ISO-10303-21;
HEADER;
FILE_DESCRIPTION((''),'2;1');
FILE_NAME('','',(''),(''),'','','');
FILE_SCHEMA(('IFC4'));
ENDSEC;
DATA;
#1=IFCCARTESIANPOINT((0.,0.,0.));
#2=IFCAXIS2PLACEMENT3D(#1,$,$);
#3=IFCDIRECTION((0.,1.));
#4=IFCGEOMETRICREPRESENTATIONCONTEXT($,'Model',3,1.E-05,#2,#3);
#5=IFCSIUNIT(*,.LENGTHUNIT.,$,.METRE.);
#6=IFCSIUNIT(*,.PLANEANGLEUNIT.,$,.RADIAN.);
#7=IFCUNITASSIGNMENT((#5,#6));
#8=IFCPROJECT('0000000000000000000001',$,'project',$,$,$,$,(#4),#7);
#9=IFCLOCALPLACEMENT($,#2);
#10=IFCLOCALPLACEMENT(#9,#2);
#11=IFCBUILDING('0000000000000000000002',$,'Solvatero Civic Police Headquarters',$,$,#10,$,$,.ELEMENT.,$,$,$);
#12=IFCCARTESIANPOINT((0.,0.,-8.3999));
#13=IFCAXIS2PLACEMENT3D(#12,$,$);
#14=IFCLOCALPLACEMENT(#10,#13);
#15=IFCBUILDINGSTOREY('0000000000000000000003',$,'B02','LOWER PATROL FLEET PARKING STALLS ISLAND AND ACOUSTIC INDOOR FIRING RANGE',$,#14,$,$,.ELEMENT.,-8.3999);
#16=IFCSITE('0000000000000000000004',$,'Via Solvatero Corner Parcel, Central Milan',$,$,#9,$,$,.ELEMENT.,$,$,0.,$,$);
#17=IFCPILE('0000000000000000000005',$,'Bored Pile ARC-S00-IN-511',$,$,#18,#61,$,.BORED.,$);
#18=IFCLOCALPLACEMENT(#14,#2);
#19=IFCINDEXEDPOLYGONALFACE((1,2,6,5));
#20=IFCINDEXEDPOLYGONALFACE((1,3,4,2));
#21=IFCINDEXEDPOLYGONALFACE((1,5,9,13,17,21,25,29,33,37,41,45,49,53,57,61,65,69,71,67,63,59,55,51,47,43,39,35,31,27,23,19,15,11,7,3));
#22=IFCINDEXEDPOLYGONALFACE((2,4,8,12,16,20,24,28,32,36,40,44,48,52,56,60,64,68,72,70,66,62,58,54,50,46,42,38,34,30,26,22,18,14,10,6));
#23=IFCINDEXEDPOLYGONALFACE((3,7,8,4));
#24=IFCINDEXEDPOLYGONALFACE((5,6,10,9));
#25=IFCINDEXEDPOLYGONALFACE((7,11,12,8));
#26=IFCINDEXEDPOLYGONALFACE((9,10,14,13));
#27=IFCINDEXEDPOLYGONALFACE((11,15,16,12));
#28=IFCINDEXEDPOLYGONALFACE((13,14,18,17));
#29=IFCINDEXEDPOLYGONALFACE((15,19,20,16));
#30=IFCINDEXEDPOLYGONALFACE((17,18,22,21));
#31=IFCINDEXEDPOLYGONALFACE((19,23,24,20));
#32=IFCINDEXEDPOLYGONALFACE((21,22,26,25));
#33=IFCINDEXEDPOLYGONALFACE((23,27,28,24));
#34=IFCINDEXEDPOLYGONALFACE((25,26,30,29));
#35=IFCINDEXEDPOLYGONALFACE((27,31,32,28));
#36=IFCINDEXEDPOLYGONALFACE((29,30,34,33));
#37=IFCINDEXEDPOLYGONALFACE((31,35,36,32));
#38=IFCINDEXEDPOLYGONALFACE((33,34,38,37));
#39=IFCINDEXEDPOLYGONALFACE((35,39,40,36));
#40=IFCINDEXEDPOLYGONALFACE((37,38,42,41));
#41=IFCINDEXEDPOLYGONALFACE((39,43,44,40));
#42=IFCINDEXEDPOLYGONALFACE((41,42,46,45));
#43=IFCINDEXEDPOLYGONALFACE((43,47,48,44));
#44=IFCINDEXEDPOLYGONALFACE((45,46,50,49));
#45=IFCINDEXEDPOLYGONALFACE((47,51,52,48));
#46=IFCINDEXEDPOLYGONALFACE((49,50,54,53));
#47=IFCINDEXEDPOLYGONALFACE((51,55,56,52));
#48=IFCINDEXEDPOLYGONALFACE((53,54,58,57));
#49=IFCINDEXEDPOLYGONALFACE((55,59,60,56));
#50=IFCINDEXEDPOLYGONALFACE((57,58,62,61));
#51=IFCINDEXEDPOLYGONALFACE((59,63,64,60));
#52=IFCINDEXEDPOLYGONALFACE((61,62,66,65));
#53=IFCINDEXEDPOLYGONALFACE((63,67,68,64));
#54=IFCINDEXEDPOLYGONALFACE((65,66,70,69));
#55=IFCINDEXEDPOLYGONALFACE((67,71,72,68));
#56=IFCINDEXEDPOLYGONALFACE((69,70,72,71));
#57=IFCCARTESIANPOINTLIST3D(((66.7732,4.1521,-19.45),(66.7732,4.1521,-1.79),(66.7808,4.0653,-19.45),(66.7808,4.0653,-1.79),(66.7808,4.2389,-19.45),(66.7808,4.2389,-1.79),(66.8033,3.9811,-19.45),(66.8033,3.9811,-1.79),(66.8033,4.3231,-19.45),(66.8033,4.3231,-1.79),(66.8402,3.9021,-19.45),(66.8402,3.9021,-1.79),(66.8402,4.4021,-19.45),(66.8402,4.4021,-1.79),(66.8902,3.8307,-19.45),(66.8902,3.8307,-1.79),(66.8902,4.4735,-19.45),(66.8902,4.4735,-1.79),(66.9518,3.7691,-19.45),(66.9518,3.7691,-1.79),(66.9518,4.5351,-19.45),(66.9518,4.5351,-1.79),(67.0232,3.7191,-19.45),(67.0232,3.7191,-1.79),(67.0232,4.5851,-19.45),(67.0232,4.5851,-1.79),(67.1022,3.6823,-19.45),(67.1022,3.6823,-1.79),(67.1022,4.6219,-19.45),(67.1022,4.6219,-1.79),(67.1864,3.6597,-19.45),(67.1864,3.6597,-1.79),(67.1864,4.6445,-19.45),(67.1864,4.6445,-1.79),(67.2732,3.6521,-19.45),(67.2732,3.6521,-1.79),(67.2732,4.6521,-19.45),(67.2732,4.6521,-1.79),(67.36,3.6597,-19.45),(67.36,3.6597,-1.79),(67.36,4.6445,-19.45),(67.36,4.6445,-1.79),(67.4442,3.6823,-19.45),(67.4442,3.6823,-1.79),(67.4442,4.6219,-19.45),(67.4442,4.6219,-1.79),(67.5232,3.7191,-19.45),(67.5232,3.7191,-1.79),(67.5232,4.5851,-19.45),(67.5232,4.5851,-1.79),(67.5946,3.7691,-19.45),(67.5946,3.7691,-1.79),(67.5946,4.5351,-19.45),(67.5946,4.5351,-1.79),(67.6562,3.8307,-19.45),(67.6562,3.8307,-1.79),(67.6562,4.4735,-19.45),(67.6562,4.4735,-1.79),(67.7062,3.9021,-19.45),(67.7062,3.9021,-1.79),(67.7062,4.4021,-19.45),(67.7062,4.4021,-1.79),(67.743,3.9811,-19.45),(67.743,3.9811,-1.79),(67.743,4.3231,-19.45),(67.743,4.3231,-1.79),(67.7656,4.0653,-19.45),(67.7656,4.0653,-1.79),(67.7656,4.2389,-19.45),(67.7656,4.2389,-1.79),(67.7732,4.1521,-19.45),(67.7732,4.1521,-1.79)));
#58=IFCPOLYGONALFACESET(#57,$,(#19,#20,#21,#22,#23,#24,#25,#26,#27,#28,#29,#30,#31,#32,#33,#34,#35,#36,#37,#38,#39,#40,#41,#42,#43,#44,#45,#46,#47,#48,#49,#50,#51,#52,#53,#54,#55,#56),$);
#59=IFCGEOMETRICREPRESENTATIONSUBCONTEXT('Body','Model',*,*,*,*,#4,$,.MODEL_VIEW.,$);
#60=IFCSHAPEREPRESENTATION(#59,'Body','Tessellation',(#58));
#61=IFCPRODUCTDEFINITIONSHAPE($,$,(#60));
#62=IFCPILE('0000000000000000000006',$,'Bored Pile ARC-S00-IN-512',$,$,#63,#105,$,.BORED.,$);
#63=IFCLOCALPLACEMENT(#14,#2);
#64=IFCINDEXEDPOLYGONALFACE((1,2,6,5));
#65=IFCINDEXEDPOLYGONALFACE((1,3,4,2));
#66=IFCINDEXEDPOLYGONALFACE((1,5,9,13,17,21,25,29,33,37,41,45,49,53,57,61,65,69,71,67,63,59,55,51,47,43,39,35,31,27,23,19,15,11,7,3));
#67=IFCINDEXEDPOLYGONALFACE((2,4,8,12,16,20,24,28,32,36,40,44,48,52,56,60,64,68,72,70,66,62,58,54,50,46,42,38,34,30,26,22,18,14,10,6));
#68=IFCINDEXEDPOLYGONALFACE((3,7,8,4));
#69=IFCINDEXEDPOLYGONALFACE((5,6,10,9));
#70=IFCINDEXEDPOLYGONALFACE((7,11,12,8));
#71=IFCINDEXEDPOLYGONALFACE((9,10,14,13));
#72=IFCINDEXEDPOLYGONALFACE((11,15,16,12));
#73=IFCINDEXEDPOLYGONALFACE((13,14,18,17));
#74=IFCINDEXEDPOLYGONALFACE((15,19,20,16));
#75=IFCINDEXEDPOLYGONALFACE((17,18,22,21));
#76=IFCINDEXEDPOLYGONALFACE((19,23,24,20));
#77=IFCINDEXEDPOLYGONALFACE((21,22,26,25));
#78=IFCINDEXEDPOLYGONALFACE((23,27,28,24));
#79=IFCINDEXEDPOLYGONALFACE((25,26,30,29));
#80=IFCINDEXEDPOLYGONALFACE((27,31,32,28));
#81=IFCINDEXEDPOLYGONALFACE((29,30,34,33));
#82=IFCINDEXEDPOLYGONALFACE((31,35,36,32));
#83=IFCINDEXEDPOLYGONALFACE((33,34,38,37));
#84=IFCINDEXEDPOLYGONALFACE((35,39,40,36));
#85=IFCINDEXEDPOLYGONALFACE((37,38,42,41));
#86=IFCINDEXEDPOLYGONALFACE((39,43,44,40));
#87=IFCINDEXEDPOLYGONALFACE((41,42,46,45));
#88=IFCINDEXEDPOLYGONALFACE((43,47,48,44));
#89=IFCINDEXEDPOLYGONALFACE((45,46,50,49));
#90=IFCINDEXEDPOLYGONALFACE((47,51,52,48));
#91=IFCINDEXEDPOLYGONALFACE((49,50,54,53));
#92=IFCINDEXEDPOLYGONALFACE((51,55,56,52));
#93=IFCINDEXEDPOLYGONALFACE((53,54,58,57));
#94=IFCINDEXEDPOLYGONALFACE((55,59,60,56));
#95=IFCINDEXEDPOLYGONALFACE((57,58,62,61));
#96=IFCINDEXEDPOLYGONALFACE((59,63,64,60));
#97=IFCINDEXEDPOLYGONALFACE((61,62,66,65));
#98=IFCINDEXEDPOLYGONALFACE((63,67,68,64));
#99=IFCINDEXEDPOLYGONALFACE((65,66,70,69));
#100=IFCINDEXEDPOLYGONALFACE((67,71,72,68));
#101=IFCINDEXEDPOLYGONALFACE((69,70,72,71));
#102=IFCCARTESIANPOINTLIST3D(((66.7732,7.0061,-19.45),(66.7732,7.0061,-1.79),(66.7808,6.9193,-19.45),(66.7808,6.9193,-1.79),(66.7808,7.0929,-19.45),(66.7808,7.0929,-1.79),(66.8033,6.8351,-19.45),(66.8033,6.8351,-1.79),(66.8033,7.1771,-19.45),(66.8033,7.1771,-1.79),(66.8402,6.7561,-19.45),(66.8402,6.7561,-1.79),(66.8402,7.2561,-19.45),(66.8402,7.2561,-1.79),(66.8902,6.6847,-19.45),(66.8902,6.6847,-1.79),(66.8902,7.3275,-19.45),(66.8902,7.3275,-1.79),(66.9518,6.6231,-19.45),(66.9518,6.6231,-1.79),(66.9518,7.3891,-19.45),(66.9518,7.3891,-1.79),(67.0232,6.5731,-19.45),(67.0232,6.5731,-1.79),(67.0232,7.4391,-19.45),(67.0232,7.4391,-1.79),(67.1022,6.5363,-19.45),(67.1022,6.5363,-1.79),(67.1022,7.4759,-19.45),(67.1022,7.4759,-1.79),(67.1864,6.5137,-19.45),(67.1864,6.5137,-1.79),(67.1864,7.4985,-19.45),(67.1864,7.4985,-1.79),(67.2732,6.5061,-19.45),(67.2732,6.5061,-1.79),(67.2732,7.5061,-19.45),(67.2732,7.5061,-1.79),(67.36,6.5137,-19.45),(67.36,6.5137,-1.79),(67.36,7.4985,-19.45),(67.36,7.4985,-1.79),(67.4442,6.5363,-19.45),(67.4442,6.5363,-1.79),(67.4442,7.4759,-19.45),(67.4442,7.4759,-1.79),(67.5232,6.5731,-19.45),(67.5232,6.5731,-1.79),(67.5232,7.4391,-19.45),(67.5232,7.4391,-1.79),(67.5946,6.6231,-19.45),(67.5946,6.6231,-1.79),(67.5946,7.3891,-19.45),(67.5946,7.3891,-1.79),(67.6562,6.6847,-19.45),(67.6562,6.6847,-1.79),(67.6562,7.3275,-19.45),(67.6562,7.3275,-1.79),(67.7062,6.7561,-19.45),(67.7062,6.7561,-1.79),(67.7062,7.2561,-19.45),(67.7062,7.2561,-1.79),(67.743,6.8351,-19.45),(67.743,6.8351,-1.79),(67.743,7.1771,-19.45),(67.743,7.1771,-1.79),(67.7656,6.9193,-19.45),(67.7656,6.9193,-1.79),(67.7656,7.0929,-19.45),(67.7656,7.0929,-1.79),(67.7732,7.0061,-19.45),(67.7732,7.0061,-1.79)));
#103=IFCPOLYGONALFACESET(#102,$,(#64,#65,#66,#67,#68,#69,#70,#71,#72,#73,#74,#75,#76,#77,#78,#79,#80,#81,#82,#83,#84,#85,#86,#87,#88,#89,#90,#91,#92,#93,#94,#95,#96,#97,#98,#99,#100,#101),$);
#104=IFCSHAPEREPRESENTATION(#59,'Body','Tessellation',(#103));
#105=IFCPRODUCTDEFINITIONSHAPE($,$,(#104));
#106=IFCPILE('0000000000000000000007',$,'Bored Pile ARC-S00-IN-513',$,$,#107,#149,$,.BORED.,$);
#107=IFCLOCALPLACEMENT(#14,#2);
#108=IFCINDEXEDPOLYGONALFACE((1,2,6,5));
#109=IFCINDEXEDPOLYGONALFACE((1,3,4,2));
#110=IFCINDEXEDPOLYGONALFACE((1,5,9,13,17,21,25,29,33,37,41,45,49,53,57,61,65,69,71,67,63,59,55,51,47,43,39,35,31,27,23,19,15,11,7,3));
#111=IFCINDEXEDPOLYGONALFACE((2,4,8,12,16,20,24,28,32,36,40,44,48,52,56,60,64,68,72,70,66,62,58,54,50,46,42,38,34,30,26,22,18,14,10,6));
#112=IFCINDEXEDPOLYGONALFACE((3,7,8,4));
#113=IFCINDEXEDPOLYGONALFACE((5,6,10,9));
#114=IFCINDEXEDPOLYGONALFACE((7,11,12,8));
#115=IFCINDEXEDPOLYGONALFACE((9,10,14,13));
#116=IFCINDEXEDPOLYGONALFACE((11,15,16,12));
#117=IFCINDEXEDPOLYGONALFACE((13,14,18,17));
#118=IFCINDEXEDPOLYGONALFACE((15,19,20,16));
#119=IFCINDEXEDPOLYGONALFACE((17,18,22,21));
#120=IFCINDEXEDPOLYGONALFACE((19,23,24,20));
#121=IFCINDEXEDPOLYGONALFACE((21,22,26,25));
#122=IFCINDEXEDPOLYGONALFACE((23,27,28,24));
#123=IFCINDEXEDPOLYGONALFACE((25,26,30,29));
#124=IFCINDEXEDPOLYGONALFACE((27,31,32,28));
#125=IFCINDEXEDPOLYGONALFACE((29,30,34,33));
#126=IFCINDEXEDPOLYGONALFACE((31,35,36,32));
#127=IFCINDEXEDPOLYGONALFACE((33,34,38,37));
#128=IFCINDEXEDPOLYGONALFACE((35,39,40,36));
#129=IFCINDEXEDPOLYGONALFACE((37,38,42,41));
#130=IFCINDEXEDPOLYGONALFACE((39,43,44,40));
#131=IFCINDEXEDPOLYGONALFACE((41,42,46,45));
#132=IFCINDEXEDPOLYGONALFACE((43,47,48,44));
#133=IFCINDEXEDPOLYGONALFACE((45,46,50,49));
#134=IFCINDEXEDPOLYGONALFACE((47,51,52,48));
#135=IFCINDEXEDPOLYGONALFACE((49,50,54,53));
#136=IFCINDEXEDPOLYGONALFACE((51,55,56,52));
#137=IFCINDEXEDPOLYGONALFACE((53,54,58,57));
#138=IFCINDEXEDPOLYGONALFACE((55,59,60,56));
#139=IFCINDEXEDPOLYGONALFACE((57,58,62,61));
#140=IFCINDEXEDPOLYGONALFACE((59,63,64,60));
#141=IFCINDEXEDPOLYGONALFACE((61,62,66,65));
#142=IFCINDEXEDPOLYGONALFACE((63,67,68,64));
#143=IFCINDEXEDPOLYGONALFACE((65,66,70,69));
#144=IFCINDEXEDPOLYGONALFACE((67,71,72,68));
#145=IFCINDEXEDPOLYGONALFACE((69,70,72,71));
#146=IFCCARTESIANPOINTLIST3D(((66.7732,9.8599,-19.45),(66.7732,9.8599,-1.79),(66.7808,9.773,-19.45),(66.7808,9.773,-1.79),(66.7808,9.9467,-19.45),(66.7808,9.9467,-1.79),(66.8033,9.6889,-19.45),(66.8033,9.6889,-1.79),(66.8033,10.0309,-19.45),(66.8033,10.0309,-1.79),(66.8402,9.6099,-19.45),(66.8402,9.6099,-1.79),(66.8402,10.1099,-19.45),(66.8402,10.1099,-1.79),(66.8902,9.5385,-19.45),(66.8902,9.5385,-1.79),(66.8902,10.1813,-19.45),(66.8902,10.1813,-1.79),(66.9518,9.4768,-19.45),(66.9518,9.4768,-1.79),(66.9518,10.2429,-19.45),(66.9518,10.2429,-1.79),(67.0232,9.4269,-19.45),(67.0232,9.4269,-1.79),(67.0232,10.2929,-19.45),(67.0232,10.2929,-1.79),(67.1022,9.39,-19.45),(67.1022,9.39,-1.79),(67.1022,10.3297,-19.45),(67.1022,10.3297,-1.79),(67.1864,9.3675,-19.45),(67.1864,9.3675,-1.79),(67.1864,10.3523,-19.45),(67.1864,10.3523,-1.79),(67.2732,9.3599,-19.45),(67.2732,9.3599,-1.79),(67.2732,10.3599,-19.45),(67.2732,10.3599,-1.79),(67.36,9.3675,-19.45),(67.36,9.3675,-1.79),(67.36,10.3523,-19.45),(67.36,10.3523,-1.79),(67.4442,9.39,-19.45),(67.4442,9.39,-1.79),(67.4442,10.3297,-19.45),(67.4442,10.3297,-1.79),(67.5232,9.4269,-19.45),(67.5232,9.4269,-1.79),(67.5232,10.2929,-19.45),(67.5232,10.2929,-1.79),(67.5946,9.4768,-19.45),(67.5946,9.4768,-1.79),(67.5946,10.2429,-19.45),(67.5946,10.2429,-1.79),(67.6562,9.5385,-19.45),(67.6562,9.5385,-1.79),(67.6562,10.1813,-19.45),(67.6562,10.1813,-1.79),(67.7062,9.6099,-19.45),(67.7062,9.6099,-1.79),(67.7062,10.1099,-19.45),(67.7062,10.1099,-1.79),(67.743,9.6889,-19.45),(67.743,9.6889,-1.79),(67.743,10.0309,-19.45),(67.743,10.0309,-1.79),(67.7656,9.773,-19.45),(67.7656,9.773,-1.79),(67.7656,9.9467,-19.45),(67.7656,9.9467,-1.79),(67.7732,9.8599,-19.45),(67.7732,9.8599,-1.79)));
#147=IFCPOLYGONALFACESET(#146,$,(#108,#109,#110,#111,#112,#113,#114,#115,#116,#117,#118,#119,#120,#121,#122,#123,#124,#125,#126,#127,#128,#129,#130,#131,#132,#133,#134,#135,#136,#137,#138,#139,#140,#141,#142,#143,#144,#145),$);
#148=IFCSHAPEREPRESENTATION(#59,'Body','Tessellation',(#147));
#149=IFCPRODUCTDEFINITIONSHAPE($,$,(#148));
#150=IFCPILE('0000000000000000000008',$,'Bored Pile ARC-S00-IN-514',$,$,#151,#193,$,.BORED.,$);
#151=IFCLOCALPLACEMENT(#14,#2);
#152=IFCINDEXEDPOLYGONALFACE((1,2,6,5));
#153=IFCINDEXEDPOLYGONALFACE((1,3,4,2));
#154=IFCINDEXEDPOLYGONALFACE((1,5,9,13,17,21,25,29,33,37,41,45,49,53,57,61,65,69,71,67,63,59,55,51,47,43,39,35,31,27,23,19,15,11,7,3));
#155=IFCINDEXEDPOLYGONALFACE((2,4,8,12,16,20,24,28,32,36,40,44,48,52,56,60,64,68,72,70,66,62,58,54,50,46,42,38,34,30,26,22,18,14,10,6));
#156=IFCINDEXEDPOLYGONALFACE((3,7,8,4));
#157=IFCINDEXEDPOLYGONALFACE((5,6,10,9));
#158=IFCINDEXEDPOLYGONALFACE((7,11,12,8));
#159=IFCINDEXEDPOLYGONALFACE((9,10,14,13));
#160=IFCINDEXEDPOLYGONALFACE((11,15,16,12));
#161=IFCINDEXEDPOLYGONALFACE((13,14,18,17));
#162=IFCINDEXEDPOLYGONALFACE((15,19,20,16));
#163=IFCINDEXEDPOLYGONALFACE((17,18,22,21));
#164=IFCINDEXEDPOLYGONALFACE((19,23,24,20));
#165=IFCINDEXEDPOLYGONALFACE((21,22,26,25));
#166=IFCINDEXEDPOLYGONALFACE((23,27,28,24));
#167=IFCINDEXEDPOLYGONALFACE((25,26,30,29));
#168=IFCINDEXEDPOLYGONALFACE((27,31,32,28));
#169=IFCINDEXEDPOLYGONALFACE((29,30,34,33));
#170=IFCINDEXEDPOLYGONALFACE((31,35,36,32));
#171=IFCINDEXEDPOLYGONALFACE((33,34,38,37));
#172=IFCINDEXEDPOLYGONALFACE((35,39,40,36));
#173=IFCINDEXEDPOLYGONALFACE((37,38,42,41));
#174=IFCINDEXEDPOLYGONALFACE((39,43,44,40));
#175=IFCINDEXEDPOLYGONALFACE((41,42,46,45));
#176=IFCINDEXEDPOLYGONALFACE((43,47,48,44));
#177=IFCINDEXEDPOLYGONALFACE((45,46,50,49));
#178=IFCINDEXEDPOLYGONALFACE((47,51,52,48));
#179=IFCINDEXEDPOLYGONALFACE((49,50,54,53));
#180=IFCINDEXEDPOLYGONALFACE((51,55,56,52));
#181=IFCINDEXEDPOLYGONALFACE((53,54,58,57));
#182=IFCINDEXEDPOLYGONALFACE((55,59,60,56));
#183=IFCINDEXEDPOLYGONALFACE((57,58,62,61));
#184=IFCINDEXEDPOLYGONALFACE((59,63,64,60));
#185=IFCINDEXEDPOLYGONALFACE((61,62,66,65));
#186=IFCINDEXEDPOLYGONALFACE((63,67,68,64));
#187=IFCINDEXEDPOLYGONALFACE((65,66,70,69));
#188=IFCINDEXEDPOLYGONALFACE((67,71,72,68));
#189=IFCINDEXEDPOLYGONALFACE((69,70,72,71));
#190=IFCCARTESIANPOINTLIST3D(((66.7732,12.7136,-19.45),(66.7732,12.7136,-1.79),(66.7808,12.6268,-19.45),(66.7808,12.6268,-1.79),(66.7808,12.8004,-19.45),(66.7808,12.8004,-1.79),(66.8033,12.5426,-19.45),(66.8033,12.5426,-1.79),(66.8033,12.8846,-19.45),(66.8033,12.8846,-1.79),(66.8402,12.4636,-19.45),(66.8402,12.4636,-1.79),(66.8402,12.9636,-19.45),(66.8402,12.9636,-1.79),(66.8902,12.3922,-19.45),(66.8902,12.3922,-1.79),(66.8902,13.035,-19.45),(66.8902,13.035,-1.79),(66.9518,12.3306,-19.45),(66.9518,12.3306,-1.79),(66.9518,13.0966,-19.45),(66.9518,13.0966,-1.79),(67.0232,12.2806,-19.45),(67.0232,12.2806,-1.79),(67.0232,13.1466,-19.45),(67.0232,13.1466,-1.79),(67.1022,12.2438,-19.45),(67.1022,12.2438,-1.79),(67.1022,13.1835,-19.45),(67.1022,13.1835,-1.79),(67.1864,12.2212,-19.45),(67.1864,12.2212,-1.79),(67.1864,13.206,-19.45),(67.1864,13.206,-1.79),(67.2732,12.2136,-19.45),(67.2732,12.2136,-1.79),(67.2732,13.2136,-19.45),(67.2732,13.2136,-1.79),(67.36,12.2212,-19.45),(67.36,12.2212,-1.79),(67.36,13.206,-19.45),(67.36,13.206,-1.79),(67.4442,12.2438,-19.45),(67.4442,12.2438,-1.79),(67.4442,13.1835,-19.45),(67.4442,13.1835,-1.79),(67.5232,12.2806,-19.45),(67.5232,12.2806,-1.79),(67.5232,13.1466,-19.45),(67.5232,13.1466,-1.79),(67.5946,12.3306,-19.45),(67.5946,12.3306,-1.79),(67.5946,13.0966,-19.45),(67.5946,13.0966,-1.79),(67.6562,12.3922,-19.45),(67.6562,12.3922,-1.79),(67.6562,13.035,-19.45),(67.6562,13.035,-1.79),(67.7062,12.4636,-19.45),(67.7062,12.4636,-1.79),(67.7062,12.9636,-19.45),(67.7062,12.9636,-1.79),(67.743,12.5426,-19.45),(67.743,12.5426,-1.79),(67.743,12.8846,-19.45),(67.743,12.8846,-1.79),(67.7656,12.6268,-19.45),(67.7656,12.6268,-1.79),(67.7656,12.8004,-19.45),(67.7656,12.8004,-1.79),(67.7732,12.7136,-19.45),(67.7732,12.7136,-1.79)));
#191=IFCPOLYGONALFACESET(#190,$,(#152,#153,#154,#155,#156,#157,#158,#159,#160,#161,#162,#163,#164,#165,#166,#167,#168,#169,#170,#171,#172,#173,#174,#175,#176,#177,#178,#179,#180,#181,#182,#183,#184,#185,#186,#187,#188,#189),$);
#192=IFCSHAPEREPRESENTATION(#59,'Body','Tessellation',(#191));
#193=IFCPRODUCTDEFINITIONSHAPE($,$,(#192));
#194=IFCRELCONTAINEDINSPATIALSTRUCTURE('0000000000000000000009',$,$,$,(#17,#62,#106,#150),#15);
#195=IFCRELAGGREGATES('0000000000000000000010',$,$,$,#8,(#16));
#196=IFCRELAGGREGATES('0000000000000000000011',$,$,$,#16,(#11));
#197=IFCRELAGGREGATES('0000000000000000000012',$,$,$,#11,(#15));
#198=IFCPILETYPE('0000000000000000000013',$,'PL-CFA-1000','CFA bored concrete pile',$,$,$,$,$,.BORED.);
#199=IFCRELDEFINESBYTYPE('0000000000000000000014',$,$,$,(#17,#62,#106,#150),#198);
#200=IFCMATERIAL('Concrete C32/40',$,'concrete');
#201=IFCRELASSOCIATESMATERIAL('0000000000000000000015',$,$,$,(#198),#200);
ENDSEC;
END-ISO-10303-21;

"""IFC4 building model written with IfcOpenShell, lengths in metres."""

from ifc_helpers import new_model, si_unit, direction, frame, origin, origin_2d, place, context, subcontext, project, spatial, circle, extrude, material, material_profile, profile_set, type_object, element, save


model = new_model("IFC4")

# Units and contexts
model_context = context("Model", 3, precision=1e-05, world=origin(), true_north=direction((0.0, 1.0)))
body_context = subcontext(model_context, "Body", "Model", "MODEL_VIEW")
ifc_project = project(units=[si_unit("LENGTHUNIT", "METRE"), si_unit("PLANEANGLEUNIT", "RADIAN")], contexts=[model_context])

# Site, building, storey
site_placement = place(None, origin())
site = spatial("IfcSite", under=ifc_project, at=site_placement, Name="Via Solvatero Corner Parcel, Central Milan", CompositionType="ELEMENT", RefElevation=0.0)
building_placement = place(site_placement, origin())
building = spatial("IfcBuilding", under=site, at=building_placement, Name="Solvatero Civic Police Headquarters", CompositionType="ELEMENT")
storey_placement = place(building_placement, frame((0.0, 0.0, -8.3999)))
storey = spatial("IfcBuildingStorey", under=building, at=storey_placement, Name="B02", Description="LOWER PATROL FLEET PARKING STALLS ISLAND AND ACOUSTIC INDOOR FIRING RANGE", CompositionType="ELEMENT", Elevation=-8.3999)

# Piles
ifc_material_1 = material(Name="Concrete C32/40", Category="concrete")
ifc_material_profile_1 = material_profile(ifc_material_1, circle(Radius=0.5, at=origin_2d()), Name="CFA PILE D1000")
ifc_profile_set_1 = profile_set([ifc_material_profile_1], Name="Concrete C32/40")
pile_type = type_object("IfcPileType", Name="PL-CFA-1000", Description="CFA bored concrete pile", PredefinedType="BORED", material=ifc_profile_set_1)
for number, where, z_axis, x_axis, name in (
    (1, (67.2732, 4.1521, -1.79), (0.0, 0.0, -1.0), (1.0, 0.0, 0.0), "Bored Pile ARC-S00-IN-511"),
    (2, (67.2732, 7.0061, -1.79), (0.0, 0.0, -1.0), (1.0, 0.0, 0.0), "Bored Pile ARC-S00-IN-512"),
    (3, (67.2732, 9.8599, -1.79), (0.0, 0.0, -1.0), (1.0, 0.0, 0.0), "Bored Pile ARC-S00-IN-513"),
    (4, (67.2732, 12.7136, -1.79), (0.0, 0.0, -1.0), (1.0, 0.0, 0.0), "Bored Pile ARC-S00-IN-514"),
):
    element("IfcPile", number, at=place(storey_placement, frame(where, z_axis=z_axis, x_axis=x_axis)), inside=storey, type_object=pile_type, Name=name, PredefinedType="BORED", context=body_context, shape_type="SweptSolid", body=[
        extrude(circle(Radius=0.5, at=origin_2d()), origin(), (0.0, 0.0, 1.0), 17.6599),
    ])

save(model, "model.ifc")
